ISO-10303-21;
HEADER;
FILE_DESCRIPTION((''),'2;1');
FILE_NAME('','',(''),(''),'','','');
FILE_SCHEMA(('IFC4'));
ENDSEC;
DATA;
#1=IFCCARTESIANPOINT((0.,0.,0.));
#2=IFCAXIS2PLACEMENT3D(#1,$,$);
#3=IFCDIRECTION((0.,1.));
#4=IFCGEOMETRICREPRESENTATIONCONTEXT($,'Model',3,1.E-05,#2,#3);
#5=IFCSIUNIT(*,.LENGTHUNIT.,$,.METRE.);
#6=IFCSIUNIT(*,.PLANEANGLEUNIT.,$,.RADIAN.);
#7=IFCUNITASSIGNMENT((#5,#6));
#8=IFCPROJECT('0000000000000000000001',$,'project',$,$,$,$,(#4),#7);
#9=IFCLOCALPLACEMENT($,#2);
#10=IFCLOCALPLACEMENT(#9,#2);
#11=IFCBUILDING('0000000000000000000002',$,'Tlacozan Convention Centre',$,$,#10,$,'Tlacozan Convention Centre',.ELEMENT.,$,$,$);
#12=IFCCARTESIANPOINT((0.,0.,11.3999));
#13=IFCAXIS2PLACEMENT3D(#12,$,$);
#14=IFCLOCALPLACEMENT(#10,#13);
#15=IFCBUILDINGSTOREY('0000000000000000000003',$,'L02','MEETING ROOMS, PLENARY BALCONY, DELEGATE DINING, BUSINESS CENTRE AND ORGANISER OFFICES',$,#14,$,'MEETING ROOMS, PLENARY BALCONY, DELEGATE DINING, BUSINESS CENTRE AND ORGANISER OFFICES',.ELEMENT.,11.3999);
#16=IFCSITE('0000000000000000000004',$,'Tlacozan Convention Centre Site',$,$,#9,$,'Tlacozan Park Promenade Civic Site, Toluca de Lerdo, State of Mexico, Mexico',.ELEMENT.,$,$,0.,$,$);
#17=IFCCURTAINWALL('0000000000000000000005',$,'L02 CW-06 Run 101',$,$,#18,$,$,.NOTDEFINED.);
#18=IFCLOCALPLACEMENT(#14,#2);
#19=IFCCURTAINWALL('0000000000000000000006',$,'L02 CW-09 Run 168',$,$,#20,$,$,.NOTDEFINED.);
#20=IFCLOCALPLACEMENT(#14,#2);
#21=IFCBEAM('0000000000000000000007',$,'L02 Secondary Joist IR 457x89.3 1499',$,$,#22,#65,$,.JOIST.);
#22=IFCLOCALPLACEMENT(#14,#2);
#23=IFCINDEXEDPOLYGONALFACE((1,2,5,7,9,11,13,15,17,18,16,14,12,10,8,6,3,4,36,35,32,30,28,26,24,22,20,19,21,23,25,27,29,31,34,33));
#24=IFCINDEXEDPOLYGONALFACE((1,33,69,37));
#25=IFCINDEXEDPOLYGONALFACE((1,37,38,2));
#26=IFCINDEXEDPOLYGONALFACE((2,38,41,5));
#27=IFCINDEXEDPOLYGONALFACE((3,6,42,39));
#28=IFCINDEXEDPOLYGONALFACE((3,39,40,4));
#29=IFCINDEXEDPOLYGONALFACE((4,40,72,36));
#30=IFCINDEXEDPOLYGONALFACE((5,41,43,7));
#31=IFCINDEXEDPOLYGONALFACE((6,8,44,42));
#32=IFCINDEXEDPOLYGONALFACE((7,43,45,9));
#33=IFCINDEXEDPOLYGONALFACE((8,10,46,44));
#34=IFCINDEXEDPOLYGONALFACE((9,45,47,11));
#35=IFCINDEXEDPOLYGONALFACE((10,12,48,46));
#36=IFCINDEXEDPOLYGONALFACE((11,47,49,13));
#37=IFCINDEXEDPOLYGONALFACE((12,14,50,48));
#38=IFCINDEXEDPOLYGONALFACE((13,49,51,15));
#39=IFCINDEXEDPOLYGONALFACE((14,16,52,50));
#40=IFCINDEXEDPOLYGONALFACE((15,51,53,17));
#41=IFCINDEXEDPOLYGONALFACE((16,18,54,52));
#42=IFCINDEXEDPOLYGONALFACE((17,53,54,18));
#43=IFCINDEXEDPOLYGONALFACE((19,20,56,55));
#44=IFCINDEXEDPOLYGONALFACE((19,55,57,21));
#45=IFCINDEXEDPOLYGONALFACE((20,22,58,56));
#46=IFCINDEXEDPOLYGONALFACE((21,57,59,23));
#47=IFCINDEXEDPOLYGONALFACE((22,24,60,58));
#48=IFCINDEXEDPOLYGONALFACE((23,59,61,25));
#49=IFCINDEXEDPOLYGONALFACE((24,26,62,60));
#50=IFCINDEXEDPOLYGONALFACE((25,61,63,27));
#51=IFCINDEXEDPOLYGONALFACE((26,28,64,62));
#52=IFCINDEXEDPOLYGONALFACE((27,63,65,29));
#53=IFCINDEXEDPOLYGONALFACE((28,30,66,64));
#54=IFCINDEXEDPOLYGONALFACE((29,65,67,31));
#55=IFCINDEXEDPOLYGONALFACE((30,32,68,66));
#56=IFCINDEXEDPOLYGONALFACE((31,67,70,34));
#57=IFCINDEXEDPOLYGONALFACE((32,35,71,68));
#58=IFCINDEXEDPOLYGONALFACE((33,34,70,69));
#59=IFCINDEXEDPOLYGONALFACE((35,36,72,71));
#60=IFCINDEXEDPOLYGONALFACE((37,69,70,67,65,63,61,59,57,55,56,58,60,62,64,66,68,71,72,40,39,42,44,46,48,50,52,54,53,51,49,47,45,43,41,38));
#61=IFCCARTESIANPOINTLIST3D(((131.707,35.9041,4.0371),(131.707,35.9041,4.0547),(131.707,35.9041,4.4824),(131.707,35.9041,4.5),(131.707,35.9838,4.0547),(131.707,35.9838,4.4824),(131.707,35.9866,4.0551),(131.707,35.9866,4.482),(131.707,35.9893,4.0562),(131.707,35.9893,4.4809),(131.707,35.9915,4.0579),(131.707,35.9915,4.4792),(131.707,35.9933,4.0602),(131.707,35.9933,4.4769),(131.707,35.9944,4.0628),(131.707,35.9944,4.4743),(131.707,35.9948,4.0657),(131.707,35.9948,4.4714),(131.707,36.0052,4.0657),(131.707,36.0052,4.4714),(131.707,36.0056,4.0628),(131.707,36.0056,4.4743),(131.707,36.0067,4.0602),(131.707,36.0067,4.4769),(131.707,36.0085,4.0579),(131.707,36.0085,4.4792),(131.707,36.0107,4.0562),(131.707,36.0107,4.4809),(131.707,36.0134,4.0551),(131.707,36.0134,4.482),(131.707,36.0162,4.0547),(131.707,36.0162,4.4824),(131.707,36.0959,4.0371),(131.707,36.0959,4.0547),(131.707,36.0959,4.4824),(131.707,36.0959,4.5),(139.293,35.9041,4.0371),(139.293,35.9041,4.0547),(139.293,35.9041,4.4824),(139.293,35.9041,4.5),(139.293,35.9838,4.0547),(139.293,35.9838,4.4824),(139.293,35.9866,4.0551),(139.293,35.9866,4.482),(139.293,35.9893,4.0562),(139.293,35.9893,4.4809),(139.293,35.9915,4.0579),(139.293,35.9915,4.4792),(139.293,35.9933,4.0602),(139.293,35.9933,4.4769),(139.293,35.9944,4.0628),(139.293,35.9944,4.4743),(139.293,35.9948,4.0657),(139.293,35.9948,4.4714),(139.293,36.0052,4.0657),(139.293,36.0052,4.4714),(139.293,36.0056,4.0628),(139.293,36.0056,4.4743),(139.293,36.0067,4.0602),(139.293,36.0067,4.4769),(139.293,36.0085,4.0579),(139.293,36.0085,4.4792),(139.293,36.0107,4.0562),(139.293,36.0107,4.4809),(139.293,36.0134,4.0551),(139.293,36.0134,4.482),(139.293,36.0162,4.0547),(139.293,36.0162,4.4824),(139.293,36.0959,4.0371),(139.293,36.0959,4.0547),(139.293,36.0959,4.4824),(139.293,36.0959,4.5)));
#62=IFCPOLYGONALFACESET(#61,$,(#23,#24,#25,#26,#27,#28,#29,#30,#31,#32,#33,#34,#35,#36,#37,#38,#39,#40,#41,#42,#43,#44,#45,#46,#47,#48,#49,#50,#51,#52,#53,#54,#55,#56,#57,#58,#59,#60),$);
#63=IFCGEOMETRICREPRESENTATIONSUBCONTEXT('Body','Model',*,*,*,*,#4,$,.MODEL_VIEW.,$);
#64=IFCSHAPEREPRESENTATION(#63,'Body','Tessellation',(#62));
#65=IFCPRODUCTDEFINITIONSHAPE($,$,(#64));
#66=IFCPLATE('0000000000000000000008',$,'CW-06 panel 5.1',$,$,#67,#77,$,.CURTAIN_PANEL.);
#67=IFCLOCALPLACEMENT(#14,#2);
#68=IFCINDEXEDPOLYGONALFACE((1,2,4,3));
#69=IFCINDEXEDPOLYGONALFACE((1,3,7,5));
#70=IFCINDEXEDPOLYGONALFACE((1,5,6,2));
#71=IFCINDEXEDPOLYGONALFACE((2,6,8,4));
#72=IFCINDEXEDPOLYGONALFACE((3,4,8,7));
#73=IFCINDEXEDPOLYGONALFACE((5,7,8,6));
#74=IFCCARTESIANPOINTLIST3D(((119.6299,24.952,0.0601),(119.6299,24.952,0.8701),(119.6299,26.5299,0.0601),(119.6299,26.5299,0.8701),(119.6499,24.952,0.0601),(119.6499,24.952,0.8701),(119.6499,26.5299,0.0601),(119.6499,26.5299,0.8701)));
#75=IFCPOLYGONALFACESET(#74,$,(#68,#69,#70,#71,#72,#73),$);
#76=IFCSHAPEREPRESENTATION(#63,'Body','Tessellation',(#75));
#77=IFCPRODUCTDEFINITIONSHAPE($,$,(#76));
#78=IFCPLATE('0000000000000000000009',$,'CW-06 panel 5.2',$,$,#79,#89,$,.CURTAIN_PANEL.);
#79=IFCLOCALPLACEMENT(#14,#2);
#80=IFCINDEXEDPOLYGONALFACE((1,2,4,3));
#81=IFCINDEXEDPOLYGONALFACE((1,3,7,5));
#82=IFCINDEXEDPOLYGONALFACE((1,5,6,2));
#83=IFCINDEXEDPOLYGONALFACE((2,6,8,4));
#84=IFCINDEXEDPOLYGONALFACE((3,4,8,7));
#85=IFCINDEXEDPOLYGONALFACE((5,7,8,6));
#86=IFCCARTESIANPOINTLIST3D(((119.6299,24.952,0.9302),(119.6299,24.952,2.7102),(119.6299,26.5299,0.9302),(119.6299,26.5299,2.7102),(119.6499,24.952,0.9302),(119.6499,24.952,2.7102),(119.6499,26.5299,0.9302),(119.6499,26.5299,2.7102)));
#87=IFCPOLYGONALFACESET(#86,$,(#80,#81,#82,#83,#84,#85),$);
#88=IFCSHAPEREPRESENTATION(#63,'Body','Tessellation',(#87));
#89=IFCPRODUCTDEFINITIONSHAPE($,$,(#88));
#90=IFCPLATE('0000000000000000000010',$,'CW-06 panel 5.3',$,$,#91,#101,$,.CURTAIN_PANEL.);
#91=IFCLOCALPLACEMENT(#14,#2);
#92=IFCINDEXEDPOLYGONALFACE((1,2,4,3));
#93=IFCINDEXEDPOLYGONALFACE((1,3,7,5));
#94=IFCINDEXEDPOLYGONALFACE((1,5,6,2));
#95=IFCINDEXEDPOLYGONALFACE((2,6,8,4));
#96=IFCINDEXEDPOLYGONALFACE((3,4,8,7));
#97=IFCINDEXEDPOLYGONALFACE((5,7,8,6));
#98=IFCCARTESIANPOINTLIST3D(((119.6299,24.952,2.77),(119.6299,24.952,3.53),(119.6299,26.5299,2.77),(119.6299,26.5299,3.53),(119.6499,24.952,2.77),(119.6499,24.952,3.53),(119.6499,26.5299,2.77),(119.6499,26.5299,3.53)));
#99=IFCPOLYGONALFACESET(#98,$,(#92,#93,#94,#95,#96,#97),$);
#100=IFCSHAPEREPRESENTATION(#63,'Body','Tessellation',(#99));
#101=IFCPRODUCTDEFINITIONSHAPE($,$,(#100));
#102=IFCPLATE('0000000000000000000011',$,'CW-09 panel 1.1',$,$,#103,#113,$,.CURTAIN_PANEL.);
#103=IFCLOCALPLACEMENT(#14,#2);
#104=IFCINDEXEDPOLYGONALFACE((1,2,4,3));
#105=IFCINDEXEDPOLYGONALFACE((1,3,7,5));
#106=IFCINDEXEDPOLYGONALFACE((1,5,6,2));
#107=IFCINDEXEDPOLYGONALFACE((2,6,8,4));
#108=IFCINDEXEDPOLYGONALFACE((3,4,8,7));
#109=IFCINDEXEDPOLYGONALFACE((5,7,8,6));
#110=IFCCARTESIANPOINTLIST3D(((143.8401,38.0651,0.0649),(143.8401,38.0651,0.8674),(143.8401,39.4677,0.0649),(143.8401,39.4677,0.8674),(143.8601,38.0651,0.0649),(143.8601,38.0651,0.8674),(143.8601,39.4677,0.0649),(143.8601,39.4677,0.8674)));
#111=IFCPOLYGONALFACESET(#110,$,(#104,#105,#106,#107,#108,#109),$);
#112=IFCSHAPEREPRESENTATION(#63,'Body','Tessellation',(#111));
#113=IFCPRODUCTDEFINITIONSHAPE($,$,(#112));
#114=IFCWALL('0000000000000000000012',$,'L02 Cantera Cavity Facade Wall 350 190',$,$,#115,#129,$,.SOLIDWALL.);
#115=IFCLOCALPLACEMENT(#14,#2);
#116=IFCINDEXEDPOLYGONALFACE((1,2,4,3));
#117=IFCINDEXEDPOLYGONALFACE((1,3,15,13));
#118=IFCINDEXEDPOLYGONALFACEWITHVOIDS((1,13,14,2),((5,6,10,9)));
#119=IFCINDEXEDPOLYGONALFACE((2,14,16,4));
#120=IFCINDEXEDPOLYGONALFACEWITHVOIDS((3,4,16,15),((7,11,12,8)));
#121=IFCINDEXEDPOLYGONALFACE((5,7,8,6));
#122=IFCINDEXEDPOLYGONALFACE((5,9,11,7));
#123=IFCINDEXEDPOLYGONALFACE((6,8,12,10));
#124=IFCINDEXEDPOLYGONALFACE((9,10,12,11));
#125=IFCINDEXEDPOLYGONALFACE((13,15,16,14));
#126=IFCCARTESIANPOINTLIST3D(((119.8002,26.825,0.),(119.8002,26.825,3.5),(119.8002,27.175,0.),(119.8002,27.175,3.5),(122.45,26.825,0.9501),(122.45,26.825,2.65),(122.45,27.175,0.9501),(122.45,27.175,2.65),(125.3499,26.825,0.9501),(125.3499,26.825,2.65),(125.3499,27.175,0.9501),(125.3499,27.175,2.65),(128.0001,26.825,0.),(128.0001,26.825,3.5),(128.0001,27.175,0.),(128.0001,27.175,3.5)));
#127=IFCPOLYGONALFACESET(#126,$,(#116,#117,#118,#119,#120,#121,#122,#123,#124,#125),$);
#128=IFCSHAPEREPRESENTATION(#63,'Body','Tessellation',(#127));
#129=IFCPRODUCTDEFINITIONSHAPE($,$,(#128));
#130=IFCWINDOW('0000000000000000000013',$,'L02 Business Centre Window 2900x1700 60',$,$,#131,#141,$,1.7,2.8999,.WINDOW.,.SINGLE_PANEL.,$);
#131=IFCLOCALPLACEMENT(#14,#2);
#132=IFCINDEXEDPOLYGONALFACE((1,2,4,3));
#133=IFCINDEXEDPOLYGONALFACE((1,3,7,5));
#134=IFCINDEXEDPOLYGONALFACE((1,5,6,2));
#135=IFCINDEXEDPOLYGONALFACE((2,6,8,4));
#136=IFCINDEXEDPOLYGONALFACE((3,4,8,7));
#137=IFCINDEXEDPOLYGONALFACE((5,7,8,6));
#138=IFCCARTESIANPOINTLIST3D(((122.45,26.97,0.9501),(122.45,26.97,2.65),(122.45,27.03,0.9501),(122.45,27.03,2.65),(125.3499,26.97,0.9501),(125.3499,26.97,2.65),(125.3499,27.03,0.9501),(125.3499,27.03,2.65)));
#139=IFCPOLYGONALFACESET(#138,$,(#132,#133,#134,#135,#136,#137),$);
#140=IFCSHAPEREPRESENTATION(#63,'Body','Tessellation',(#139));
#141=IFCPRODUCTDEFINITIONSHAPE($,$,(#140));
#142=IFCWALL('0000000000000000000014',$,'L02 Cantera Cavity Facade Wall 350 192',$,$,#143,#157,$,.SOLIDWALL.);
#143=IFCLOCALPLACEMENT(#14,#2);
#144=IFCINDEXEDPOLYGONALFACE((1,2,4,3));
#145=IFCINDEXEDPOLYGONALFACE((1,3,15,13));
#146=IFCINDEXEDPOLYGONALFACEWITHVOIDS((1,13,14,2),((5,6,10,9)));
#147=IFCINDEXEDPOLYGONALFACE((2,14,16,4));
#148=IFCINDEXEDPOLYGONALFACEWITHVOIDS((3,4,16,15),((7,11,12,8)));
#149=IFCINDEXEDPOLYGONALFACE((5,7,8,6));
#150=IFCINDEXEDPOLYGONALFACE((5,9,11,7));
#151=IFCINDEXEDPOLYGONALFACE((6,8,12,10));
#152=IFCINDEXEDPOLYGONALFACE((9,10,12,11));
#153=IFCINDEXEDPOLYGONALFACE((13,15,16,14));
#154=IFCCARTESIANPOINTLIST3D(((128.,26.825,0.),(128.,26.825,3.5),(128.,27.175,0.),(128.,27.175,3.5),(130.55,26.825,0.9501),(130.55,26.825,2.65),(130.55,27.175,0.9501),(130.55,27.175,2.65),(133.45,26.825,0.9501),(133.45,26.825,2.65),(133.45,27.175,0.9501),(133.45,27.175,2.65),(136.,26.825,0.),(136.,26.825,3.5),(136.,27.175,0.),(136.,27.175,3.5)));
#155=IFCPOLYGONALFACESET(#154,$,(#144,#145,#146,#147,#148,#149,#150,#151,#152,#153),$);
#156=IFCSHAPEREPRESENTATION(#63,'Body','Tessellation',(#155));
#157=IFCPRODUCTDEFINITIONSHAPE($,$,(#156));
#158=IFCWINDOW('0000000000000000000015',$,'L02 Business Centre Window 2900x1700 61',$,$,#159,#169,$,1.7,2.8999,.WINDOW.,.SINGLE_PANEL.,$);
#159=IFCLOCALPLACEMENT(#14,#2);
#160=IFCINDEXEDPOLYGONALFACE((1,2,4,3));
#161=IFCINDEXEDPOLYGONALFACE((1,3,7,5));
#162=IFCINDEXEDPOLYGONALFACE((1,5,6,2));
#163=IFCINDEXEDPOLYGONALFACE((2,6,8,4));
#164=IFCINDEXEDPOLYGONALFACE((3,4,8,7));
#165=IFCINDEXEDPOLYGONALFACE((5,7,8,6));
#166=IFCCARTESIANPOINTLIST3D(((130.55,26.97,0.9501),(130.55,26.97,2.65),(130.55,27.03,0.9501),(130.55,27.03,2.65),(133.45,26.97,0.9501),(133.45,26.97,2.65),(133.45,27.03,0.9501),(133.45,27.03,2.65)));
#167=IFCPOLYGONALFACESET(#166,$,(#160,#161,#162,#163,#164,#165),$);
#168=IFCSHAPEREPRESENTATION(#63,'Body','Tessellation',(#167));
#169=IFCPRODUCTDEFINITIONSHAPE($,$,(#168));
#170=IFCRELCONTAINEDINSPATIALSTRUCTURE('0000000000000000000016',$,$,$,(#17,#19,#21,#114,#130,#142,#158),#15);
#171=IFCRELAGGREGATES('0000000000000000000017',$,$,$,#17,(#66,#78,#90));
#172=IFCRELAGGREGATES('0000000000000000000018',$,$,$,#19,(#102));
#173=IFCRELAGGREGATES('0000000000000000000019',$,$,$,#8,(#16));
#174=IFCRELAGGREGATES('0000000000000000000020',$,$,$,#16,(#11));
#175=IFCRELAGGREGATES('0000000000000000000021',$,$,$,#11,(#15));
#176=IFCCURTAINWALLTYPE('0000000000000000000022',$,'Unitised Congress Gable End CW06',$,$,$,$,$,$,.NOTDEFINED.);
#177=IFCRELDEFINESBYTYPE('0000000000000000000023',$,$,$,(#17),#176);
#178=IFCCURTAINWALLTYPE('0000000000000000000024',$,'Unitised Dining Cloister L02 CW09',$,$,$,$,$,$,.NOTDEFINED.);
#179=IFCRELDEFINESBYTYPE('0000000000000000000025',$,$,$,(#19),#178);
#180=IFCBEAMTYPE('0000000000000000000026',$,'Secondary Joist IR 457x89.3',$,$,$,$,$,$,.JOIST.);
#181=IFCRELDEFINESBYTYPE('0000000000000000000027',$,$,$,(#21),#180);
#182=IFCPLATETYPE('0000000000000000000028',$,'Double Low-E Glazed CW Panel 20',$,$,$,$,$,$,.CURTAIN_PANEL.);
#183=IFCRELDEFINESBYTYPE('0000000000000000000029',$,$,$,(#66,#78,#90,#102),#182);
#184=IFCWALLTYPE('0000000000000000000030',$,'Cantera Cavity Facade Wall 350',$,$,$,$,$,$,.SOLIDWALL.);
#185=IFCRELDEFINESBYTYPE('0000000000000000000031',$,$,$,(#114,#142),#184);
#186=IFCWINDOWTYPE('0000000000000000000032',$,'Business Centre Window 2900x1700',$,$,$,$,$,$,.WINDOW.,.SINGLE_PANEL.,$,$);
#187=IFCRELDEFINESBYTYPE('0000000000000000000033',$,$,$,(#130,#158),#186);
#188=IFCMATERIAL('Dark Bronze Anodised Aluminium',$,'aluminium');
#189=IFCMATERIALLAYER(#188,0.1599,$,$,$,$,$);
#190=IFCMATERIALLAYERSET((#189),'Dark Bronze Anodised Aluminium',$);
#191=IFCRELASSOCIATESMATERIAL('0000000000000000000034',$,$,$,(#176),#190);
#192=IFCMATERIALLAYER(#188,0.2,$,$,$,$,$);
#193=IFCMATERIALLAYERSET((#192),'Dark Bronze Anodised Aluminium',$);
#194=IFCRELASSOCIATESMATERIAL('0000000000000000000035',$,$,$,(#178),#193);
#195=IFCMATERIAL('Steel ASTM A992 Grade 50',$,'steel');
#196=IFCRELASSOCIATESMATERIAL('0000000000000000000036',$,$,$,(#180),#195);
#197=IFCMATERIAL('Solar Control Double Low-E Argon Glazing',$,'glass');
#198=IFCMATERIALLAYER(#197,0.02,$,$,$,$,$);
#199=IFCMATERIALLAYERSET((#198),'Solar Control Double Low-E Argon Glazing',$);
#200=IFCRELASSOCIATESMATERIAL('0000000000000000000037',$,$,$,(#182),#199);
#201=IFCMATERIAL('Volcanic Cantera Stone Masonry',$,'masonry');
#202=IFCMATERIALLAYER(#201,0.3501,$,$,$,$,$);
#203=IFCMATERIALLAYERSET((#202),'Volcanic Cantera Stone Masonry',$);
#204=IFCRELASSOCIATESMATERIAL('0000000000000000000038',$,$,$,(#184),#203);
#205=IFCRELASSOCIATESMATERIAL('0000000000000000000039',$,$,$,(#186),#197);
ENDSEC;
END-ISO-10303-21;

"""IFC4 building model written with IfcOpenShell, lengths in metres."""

from ifc_helpers import new_model, si_unit, direction, frame, frame_2d, origin, origin_2d, place, context, subcontext, project, spatial, rectangle, i_section, extrude, material, layer, layer_set, material_profile, profile_set, type_object, element, fill, aggregate, save


model = new_model("IFC4")

# Units and contexts
model_context = context("Model", 3, precision=1e-05, world=origin(), true_north=direction((0.0, 1.0)))
body_context = subcontext(model_context, "Body", "Model", "MODEL_VIEW")
ifc_project = project(units=[si_unit("LENGTHUNIT", "METRE"), si_unit("PLANEANGLEUNIT", "RADIAN")], contexts=[model_context])

# Site, building, storey
site_placement = place(None, origin())
site = spatial("IfcSite", under=ifc_project, at=site_placement, Name="Tlacozan Convention Centre Site", LongName="Tlacozan Park Promenade Civic Site, Toluca de Lerdo, State of Mexico, Mexico", CompositionType="ELEMENT", RefElevation=0.0)
building_placement = place(site_placement, origin())
building = spatial("IfcBuilding", under=site, at=building_placement, Name="Tlacozan Convention Centre", LongName="Tlacozan Convention Centre", CompositionType="ELEMENT")
storey_placement = place(building_placement, frame((0.0, 0.0, 11.3999)))
storey = spatial("IfcBuildingStorey", under=building, at=storey_placement, Name="L02", Description="MEETING ROOMS, PLENARY BALCONY, DELEGATE DINING, BUSINESS CENTRE AND ORGANISER OFFICES", LongName="MEETING ROOMS, PLENARY BALCONY, DELEGATE DINING, BUSINESS CENTRE AND ORGANISER OFFICES", CompositionType="ELEMENT", Elevation=11.3999)

# Shared definitions
ifc_material_1 = material(Name="Steel ASTM A992 Grade 50", Category="steel")

# Curtain walls
ifc_material_2 = material(Name="Dark Bronze Anodised Aluminium", Category="aluminium")
ifc_layer_1 = layer(ifc_material_2, 0.1599)
ifc_layer_set_1 = layer_set([ifc_layer_1], Name="Dark Bronze Anodised Aluminium")
curtain_wall_type_1 = type_object("IfcCurtainWallType", Name="Unitised Congress Gable End CW06", PredefinedType="NOTDEFINED", material=ifc_layer_set_1)
curtain_wall_1_placement = place(storey_placement, origin())
curtain_wall_1 = element("IfcCurtainWall", 1, at=curtain_wall_1_placement, inside=storey, type_object=curtain_wall_type_1, Name="L02 CW-06 Run 101", PredefinedType="NOTDEFINED")
ifc_layer_2 = layer(ifc_material_2, 0.2)
ifc_layer_set_2 = layer_set([ifc_layer_2], Name="Dark Bronze Anodised Aluminium")
curtain_wall_type_2 = type_object("IfcCurtainWallType", Name="Unitised Dining Cloister L02 CW09", PredefinedType="NOTDEFINED", material=ifc_layer_set_2)
curtain_wall_2_placement = place(storey_placement, origin())
curtain_wall_2 = element("IfcCurtainWall", 2, at=curtain_wall_2_placement, inside=storey, type_object=curtain_wall_type_2, Name="L02 CW-09 Run 168", PredefinedType="NOTDEFINED")

# Beam
ifc_material_profile_1 = material_profile(ifc_material_1, i_section(OverallWidth=0.1919, OverallDepth=0.4629, WebThickness=0.0105, FlangeThickness=0.0176, FilletRadius=0.011, at=origin_2d()), Name="IR 457x89.3")
ifc_profile_set_1 = profile_set([ifc_material_profile_1], Name="Steel ASTM A992 Grade 50")
beam_type_1 = type_object("IfcBeamType", Name="Secondary Joist IR 457x89.3", PredefinedType="JOIST", material=ifc_profile_set_1)
for number, where, z_axis, x_axis, name in (
    (3, (131.707, 36.0, 4.2686), (1.0, 0.0, 0.0), (0.0, 1.0, 0.0), "L02 Secondary Joist IR 457x89.3 1499"),
):
    element("IfcBeam", number, at=place(storey_placement, frame(where, z_axis=z_axis, x_axis=x_axis)), inside=storey, type_object=beam_type_1, Name=name, PredefinedType="JOIST", context=body_context, shape_type="SweptSolid", body=[
        extrude(i_section(OverallWidth=0.1919, OverallDepth=0.4629, WebThickness=0.0105, FlangeThickness=0.0176, FilletRadius=0.011, at=origin_2d()), origin(), (0.0, 0.0, 1.0), 7.5859),
    ])

# Plates
ifc_material_3 = material(Name="Solar Control Double Low-E Argon Glazing", Category="glass")
ifc_layer_3 = layer(ifc_material_3, 0.02)
ifc_layer_set_3 = layer_set([ifc_layer_3], Name="Solar Control Double Low-E Argon Glazing")
plate_type = type_object("IfcPlateType", Name="Double Low-E Glazed CW Panel 20", PredefinedType="CURTAIN_PANEL", material=ifc_layer_set_3)
plate_1_placement = place(storey_placement, frame((119.6399, 25.741, 0.0601), z_axis=(0.0, 0.0, 1.0), x_axis=(0.0, 1.0, 0.0)))
plate_1 = element("IfcPlate", 4, at=plate_1_placement, type_object=plate_type, Name="CW-06 panel 5.1", PredefinedType="CURTAIN_PANEL", context=body_context, shape_type="SweptSolid", body=[
    extrude(rectangle(XDim=1.5779, YDim=0.02, at=origin_2d()), origin(), (0.0, 0.0, 1.0), 0.8101),
])
plate_2_placement = place(storey_placement, frame((119.6399, 25.741, 0.9302), z_axis=(0.0, 0.0, 1.0), x_axis=(0.0, 1.0, 0.0)))
plate_2 = element("IfcPlate", 5, at=plate_2_placement, type_object=plate_type, Name="CW-06 panel 5.2", PredefinedType="CURTAIN_PANEL", context=body_context, shape_type="SweptSolid", body=[
    extrude(rectangle(XDim=1.5779, YDim=0.02, at=origin_2d()), origin(), (0.0, 0.0, 1.0), 1.78),
])
plate_3_placement = place(storey_placement, frame((119.6399, 25.741, 2.77), z_axis=(0.0, 0.0, 1.0), x_axis=(0.0, 1.0, 0.0)))
plate_3 = element("IfcPlate", 6, at=plate_3_placement, type_object=plate_type, Name="CW-06 panel 5.3", PredefinedType="CURTAIN_PANEL", context=body_context, shape_type="SweptSolid", body=[
    extrude(rectangle(XDim=1.5779, YDim=0.02, at=origin_2d()), origin(), (0.0, 0.0, 1.0), 0.76),
])
aggregate(curtain_wall_1, [plate_1, plate_2, plate_3])
plate_4_placement = place(storey_placement, frame((143.8501, 38.7664, 0.0649), z_axis=(0.0, 0.0, 1.0), x_axis=(0.0, 1.0, 0.0)))
plate_4 = element("IfcPlate", 7, at=plate_4_placement, type_object=plate_type, Name="CW-09 panel 1.1", PredefinedType="CURTAIN_PANEL", context=body_context, shape_type="SweptSolid", body=[
    extrude(rectangle(XDim=1.4026, YDim=0.02, at=origin_2d()), origin(), (0.0, 0.0, 1.0), 0.8025),
])
aggregate(curtain_wall_2, [plate_4])

# Walls, openings, windows
ifc_material_4 = material(Name="Volcanic Cantera Stone Masonry", Category="masonry")
ifc_layer_4 = layer(ifc_material_4, 0.3501)
ifc_layer_set_4 = layer_set([ifc_layer_4], Name="Volcanic Cantera Stone Masonry")
wall_type = type_object("IfcWallType", Name="Cantera Cavity Facade Wall 350", PredefinedType="SOLIDWALL", material=ifc_layer_set_4)
wall_1_placement = place(storey_placement, frame((119.8, 27.0, 0.0), z_axis=(0.0, 0.0, 1.0), x_axis=(1.0, 0.0, 0.0)))
wall_1 = element("IfcWall", 8, at=wall_1_placement, inside=storey, type_object=wall_type, Name="L02 Cantera Cavity Facade Wall 350 190", PredefinedType="SOLIDWALL", context=body_context, shape_type="SweptSolid", body=[
    extrude(rectangle(XDim=8.2, YDim=0.3501, at=frame_2d((4.1001, 0.0))), origin(), (0.0, 0.0, 1.0), 3.5),
])
opening_1_placement = place(wall_1_placement, frame((2.6499, 0.0, 0.95)))
opening_1 = element("IfcOpeningElement", 9, at=opening_1_placement, cuts=wall_1, PredefinedType="OPENING", context=body_context, shape_type="SweptSolid", body=[
    extrude(rectangle(XDim=2.8999, YDim=1.7, at=frame_2d((1.45, 0.8501))), frame((0.0, 0.1851, 0.0), z_axis=(0.0, -1.0, 0.0), x_axis=(1.0, 0.0, 0.0)), (0.0, 0.0, 1.0), 0.3701),
])
window_type_1 = type_object("IfcWindowType", Name="Business Centre Window 2900x1700", PartitioningType="SINGLE_PANEL", PredefinedType="WINDOW", material=ifc_material_3)
window_1_placement = place(opening_1_placement, origin())
window_1 = element("IfcWindow", 10, at=window_1_placement, inside=storey, type_object=window_type_1, Name="L02 Business Centre Window 2900x1700 60", OverallHeight=1.7, OverallWidth=2.8999, PartitioningType="SINGLE_PANEL", PredefinedType="WINDOW", context=body_context, shape_type="SweptSolid", body=[
    extrude(rectangle(XDim=2.8999, YDim=1.7, at=frame_2d((1.45, 0.8501))), frame((0.0, 0.03, 0.0), z_axis=(0.0, -1.0, 0.0), x_axis=(1.0, 0.0, 0.0)), (0.0, 0.0, 1.0), 0.0601),
])
fill(opening_1, window_1)
wall_2_placement = place(storey_placement, frame((128.0, 27.0, 0.0), z_axis=(0.0, 0.0, 1.0), x_axis=(1.0, 0.0, 0.0)))
wall_2 = element("IfcWall", 11, at=wall_2_placement, inside=storey, type_object=wall_type, Name="L02 Cantera Cavity Facade Wall 350 192", PredefinedType="SOLIDWALL", context=body_context, shape_type="SweptSolid", body=[
    extrude(rectangle(XDim=8.0, YDim=0.3501, at=frame_2d((4.0, 0.0))), origin(), (0.0, 0.0, 1.0), 3.5),
])
opening_2_placement = place(wall_2_placement, frame((2.55, 0.0, 0.95)))
opening_2 = element("IfcOpeningElement", 12, at=opening_2_placement, cuts=wall_2, PredefinedType="OPENING", context=body_context, shape_type="SweptSolid", body=[
    extrude(rectangle(XDim=2.8999, YDim=1.7, at=frame_2d((1.45, 0.8501))), frame((0.0, 0.1851, 0.0), z_axis=(0.0, -1.0, 0.0), x_axis=(1.0, 0.0, 0.0)), (0.0, 0.0, 1.0), 0.3701),
])
window_2_placement = place(opening_2_placement, origin())
window_2 = element("IfcWindow", 13, at=window_2_placement, inside=storey, type_object=window_type_1, Name="L02 Business Centre Window 2900x1700 61", OverallHeight=1.7, OverallWidth=2.8999, PartitioningType="SINGLE_PANEL", PredefinedType="WINDOW", context=body_context, shape_type="SweptSolid", body=[
    extrude(rectangle(XDim=2.8999, YDim=1.7, at=frame_2d((1.45, 0.8501))), frame((0.0, 0.03, 0.0), z_axis=(0.0, -1.0, 0.0), x_axis=(1.0, 0.0, 0.0)), (0.0, 0.0, 1.0), 0.0601),
])
fill(opening_2, window_2)

save(model, "model.ifc")
